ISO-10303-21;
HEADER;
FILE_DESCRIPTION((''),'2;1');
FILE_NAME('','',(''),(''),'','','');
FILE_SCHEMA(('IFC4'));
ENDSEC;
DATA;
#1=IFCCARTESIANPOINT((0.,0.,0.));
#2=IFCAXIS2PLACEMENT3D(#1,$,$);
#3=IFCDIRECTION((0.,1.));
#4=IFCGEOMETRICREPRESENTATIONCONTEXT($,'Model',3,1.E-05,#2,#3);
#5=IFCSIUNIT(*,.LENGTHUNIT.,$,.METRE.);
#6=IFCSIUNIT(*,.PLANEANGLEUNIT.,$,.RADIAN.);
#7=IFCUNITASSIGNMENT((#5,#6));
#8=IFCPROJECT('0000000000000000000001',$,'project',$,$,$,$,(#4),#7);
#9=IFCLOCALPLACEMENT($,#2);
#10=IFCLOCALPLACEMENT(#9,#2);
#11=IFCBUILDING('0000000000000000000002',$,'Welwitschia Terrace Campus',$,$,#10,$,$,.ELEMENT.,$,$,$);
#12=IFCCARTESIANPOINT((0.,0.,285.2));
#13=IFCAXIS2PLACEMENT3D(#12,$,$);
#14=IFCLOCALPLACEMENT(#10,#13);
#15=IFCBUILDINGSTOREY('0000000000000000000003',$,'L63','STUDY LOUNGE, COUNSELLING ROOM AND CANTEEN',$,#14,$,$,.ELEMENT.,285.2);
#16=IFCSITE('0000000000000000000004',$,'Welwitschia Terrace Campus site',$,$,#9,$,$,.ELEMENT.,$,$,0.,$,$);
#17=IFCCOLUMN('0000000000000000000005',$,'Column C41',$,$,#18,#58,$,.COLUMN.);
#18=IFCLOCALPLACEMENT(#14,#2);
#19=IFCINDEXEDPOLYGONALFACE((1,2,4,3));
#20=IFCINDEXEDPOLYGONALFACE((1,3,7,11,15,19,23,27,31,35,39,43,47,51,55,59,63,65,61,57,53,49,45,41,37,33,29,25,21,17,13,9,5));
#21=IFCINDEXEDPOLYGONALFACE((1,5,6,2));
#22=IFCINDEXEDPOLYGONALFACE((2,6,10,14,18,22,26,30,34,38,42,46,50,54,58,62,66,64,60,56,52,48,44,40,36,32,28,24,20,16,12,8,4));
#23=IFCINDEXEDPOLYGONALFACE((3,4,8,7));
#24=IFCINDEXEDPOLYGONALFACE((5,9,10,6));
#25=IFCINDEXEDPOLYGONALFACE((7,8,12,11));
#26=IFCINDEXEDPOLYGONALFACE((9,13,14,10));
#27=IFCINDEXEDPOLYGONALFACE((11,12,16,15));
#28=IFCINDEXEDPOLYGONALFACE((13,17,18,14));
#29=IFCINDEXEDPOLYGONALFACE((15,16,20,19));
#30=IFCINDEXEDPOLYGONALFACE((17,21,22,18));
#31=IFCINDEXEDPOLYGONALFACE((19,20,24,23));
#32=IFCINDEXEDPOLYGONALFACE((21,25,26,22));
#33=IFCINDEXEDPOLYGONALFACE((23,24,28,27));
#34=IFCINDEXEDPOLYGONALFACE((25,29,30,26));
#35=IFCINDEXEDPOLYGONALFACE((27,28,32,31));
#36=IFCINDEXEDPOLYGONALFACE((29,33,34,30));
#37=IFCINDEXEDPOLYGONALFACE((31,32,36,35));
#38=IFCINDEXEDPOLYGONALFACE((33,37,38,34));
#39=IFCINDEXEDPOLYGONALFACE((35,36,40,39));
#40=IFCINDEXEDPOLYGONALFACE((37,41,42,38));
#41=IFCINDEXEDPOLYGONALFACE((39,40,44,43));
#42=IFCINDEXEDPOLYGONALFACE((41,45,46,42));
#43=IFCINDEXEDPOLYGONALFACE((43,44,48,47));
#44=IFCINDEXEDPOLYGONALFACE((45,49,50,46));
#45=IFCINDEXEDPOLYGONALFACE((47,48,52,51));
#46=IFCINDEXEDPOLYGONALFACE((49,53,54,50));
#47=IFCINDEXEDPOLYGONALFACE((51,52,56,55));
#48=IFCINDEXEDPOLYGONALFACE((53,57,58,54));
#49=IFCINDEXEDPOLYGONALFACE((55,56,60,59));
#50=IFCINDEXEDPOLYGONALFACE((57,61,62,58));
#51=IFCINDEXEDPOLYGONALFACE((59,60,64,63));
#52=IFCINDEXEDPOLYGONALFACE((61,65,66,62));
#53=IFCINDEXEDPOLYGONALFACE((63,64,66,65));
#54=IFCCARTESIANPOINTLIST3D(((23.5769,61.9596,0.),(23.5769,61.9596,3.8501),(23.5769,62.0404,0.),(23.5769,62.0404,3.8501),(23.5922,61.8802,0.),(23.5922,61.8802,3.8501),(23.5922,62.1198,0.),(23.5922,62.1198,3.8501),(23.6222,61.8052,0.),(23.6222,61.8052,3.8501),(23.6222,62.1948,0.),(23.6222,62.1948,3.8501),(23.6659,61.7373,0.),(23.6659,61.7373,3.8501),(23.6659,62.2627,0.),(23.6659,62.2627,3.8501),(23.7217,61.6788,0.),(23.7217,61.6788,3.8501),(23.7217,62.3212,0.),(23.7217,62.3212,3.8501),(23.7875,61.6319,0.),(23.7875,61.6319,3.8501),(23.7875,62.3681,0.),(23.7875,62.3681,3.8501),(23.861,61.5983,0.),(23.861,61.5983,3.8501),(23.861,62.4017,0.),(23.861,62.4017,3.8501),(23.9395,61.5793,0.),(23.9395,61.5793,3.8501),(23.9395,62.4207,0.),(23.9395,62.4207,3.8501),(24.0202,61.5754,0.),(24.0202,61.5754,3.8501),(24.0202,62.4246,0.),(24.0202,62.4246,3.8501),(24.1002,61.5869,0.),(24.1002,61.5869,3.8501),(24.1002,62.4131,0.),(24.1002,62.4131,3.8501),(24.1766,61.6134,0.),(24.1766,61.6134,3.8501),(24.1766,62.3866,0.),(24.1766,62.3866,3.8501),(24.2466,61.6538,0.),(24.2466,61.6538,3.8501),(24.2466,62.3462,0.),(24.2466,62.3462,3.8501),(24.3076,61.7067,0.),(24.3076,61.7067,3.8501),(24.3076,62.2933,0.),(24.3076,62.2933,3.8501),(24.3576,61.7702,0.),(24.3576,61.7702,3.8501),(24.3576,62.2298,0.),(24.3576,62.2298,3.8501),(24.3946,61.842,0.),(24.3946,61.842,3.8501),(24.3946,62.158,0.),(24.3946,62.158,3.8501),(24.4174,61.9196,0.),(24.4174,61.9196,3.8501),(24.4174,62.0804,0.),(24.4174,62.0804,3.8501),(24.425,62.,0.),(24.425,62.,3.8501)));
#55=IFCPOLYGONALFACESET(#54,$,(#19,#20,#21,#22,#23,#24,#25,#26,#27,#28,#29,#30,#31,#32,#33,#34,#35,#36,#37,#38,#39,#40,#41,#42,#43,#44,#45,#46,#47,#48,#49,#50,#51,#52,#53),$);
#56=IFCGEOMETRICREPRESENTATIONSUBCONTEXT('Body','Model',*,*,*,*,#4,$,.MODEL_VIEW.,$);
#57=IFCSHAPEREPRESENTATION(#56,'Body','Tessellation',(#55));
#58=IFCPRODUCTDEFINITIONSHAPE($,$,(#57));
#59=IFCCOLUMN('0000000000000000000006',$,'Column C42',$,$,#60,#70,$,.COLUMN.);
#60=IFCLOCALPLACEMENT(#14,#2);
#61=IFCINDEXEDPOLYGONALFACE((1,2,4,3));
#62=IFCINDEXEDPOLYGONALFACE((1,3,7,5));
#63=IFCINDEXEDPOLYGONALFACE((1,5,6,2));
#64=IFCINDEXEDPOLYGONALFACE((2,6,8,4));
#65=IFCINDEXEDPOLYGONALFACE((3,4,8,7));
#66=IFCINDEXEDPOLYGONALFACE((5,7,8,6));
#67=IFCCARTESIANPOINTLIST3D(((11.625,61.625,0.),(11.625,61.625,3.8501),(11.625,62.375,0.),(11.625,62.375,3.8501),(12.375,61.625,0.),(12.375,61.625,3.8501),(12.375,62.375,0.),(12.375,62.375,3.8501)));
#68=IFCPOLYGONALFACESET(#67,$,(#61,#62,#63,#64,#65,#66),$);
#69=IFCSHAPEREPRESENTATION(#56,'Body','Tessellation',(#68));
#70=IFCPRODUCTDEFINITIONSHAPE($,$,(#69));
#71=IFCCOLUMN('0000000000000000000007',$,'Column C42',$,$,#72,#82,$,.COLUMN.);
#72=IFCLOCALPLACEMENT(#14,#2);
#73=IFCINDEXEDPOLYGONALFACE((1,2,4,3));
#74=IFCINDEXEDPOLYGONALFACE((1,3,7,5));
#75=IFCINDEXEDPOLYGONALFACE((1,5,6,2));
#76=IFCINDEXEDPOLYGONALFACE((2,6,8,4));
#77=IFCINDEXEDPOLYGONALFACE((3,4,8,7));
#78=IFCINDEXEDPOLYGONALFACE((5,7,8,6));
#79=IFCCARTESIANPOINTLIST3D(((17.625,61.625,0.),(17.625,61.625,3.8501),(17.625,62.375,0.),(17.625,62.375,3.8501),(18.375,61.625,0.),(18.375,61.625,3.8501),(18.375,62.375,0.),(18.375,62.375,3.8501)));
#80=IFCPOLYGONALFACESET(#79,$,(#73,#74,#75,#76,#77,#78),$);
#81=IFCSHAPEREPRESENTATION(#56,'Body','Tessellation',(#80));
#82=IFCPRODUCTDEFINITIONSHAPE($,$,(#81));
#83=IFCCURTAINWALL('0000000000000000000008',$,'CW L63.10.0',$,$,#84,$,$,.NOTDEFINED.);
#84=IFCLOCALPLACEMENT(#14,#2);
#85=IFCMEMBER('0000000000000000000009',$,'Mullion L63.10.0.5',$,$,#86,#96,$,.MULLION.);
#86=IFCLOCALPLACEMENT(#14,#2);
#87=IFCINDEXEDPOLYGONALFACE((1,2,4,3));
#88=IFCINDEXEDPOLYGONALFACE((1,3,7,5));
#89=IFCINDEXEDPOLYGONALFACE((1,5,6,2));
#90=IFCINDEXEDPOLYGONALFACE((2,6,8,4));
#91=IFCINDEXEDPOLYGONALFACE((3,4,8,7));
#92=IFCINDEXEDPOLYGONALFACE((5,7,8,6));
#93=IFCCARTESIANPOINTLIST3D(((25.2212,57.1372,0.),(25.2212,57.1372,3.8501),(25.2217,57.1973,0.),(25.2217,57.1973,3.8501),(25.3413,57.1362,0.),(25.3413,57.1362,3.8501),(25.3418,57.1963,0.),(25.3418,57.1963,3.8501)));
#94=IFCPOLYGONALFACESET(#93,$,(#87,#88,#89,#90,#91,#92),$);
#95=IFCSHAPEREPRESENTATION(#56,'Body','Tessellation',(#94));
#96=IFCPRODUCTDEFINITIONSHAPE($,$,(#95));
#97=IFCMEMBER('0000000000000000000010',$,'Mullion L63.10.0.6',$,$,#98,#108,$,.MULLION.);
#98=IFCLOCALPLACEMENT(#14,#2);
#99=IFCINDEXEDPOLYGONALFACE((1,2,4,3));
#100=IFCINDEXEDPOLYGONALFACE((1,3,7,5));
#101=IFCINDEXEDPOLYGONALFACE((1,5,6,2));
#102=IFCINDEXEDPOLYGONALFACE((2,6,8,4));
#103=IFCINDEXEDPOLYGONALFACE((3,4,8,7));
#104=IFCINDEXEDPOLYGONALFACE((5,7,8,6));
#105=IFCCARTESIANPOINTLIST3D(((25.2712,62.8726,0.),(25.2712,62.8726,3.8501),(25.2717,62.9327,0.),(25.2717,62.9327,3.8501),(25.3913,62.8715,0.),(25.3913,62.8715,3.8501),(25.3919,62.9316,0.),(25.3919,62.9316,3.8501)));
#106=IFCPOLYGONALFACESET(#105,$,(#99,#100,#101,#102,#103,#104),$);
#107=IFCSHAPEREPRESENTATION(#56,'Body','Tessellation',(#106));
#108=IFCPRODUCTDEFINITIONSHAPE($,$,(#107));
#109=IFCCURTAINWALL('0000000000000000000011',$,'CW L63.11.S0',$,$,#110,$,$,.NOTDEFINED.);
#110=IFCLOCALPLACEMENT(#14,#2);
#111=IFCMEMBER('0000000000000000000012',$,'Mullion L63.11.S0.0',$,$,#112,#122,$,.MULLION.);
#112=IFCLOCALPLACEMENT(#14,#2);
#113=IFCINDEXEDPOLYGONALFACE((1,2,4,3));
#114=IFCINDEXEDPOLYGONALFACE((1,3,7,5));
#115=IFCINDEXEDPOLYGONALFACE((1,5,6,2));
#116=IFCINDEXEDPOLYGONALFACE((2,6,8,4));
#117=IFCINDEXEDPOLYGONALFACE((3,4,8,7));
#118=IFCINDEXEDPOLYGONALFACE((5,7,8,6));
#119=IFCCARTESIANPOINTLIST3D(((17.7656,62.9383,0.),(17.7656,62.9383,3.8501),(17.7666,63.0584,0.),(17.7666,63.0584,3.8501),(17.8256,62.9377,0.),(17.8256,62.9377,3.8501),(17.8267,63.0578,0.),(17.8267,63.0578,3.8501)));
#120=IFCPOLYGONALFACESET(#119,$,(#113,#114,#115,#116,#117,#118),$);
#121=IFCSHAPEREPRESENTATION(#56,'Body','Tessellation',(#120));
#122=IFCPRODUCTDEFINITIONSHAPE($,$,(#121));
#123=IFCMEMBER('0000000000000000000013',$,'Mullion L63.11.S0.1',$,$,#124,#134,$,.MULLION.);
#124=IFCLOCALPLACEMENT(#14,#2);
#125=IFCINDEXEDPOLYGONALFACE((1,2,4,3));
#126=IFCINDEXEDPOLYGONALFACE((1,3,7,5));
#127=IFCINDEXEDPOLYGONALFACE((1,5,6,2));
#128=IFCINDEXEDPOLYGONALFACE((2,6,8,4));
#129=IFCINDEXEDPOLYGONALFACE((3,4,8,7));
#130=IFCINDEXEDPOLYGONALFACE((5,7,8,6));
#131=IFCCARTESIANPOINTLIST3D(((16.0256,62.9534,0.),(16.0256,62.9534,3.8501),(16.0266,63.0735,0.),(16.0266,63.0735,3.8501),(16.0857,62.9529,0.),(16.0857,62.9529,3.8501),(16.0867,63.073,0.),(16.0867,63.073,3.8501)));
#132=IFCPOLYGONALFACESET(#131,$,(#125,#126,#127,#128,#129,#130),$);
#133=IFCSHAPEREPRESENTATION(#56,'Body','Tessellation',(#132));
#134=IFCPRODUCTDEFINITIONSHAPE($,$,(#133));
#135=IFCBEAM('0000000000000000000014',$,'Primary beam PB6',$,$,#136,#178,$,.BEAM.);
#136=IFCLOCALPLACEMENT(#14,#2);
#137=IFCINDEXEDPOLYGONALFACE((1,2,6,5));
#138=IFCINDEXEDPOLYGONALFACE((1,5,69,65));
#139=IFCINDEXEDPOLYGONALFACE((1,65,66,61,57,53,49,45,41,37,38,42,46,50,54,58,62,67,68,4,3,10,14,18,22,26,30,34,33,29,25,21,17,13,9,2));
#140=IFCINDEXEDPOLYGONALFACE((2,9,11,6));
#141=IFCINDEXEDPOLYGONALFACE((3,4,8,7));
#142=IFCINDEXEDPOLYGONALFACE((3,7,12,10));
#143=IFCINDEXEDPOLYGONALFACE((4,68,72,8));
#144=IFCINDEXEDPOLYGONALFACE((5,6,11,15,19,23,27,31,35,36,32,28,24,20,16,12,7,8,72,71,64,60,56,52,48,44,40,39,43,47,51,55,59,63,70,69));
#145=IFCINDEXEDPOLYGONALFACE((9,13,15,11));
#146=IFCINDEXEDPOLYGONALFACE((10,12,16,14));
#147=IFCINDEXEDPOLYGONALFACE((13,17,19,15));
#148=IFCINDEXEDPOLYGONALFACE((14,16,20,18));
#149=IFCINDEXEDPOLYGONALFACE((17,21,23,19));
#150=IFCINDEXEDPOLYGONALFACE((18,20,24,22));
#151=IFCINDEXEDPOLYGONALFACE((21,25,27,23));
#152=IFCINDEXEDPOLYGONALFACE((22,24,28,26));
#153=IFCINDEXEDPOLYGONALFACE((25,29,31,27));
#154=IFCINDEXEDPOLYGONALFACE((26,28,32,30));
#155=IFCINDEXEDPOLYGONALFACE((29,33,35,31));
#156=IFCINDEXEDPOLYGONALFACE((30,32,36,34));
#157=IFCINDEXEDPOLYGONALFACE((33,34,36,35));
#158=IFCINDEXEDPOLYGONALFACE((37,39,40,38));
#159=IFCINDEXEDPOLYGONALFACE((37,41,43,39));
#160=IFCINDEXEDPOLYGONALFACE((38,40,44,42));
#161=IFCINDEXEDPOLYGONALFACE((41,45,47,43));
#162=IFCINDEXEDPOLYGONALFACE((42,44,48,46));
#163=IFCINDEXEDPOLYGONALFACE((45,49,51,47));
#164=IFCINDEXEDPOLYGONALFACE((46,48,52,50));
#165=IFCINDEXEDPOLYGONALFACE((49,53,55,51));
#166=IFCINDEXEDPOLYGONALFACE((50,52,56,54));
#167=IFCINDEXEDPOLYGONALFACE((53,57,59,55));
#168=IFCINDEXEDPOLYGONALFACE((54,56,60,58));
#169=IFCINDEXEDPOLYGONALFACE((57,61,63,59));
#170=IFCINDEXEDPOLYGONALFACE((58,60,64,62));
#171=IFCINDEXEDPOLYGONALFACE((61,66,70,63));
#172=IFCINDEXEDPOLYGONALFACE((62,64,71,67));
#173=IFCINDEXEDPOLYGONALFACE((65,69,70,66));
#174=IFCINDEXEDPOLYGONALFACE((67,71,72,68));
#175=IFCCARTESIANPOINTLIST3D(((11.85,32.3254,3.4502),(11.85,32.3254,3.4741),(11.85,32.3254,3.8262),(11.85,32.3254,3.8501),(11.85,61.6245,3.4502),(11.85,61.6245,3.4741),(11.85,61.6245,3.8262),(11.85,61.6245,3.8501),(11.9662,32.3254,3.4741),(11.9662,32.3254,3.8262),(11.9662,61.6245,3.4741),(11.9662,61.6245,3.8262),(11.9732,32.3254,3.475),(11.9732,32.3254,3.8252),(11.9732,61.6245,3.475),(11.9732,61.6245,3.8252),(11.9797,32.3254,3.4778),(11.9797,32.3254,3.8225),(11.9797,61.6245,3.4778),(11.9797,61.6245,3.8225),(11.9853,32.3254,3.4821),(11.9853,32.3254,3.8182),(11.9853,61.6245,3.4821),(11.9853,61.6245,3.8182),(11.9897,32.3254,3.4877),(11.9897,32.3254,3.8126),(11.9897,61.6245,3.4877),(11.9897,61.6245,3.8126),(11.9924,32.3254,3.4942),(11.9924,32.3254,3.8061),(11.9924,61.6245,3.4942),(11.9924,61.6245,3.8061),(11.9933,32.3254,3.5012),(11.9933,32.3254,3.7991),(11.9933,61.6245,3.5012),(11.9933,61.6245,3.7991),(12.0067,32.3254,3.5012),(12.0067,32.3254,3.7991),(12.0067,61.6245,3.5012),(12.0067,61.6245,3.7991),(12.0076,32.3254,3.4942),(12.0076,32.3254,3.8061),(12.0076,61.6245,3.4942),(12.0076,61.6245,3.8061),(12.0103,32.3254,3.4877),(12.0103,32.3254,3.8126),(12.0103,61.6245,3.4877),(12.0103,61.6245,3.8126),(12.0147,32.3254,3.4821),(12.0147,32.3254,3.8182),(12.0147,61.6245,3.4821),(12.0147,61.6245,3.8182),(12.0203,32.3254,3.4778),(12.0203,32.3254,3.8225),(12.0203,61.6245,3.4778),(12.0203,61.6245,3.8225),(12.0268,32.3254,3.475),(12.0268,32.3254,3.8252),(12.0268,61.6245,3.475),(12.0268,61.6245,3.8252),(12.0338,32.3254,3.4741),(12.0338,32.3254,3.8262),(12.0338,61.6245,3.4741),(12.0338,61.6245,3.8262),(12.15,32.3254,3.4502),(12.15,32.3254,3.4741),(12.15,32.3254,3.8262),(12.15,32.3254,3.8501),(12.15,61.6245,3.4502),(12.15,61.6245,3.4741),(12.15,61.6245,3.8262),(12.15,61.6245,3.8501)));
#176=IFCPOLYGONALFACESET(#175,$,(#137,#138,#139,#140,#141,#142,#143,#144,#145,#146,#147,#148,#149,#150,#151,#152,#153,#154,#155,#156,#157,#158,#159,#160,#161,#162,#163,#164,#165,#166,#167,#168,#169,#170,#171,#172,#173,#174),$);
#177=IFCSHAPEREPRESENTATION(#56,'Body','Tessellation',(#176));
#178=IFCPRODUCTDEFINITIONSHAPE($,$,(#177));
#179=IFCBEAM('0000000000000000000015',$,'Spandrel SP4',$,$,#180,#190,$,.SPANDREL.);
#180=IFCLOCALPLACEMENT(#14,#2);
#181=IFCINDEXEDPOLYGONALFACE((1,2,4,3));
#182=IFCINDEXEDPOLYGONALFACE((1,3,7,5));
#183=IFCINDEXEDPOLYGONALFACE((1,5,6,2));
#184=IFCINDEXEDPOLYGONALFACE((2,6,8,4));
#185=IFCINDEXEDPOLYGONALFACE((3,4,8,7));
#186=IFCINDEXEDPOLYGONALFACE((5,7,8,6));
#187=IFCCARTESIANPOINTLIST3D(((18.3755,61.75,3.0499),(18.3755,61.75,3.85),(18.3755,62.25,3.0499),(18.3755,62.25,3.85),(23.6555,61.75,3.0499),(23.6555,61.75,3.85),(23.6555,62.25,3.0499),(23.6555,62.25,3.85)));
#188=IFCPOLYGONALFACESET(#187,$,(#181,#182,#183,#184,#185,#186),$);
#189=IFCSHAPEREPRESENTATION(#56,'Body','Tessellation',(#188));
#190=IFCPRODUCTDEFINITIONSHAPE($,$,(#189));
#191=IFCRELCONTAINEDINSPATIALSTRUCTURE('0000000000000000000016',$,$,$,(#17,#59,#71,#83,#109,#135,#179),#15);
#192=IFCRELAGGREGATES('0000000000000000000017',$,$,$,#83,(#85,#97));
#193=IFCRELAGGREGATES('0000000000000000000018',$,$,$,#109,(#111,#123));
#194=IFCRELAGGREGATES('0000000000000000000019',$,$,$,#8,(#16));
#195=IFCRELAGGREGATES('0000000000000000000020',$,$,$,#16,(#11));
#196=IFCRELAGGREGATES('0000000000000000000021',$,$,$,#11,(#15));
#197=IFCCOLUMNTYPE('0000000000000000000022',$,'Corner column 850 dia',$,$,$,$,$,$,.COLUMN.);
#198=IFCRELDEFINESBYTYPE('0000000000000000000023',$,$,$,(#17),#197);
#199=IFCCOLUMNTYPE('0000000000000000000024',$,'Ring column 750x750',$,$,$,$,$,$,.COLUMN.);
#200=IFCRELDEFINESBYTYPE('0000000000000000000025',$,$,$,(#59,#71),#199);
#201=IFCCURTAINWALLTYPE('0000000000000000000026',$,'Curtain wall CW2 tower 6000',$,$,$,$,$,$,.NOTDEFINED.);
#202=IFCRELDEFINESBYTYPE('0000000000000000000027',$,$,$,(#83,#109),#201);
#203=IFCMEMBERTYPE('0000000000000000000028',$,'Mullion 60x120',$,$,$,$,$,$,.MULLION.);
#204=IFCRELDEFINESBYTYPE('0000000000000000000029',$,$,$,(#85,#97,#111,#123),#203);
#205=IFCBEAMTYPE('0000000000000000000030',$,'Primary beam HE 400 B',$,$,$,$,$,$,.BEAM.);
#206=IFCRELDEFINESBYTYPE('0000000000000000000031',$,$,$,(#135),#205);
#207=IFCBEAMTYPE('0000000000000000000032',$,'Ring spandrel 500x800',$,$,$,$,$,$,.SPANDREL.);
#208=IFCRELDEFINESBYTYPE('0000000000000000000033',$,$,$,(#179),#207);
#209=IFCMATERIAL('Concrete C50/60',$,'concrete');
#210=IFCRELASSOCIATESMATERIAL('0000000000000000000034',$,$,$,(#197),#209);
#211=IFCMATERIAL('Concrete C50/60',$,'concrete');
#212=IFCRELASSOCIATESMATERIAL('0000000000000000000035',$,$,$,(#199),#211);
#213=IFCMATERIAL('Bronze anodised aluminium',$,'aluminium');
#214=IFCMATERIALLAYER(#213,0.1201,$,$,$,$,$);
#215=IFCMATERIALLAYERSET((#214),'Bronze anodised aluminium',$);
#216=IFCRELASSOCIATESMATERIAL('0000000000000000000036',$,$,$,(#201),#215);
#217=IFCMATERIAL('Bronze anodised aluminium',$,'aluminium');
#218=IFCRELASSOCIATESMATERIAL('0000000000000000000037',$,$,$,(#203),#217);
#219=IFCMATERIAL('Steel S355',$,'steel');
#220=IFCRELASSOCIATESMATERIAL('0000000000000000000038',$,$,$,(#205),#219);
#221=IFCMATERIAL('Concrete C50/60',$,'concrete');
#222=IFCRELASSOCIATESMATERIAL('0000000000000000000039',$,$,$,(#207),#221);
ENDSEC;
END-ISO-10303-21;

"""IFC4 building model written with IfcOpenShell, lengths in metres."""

from ifc_helpers import new_model, si_unit, direction, frame, origin, origin_2d, place, context, subcontext, project, spatial, rectangle, circle, i_section, extrude, material, layer, layer_set, material_profile, profile_set, type_object, element, aggregate, save


model = new_model("IFC4")

# Units and contexts
model_context = context("Model", 3, precision=1e-05, world=origin(), true_north=direction((0.0, 1.0)))
body_context = subcontext(model_context, "Body", "Model", "MODEL_VIEW")
ifc_project = project(units=[si_unit("LENGTHUNIT", "METRE"), si_unit("PLANEANGLEUNIT", "RADIAN")], contexts=[model_context])

# Site, building, storey
site_placement = place(None, origin())
site = spatial("IfcSite", under=ifc_project, at=site_placement, Name="Welwitschia Terrace Campus site", CompositionType="ELEMENT", RefElevation=0.0)
building_placement = place(site_placement, origin())
building = spatial("IfcBuilding", under=site, at=building_placement, Name="Welwitschia Terrace Campus", CompositionType="ELEMENT")
storey_placement = place(building_placement, frame((0.0, 0.0, 285.2)))
storey = spatial("IfcBuildingStorey", under=building, at=storey_placement, Name="L63", Description="STUDY LOUNGE, COUNSELLING ROOM AND CANTEEN", CompositionType="ELEMENT", Elevation=285.2)

# Columns
ifc_material_1 = material(Name="Concrete C50/60", Category="concrete")
ifc_material_profile_1 = material_profile(ifc_material_1, circle(Radius=0.425, at=origin_2d()))
ifc_profile_set_1 = profile_set([ifc_material_profile_1], Name="Concrete C50/60")
column_type_1 = type_object("IfcColumnType", Name="Corner column 850 dia", PredefinedType="COLUMN", material=ifc_profile_set_1)
column_placement = place(storey_placement, frame((24.0, 62.0, 0.0), z_axis=(0.0, 0.0, 1.0), x_axis=(1.0, 0.0, 0.0)))
element("IfcColumn", 1, at=column_placement, inside=storey, type_object=column_type_1, Name="Column C41", PredefinedType="COLUMN", context=body_context, shape_type="SweptSolid", body=[
    extrude(circle(Radius=0.425, at=origin_2d()), origin(), (0.0, 0.0, 1.0), 3.8501),
])
ifc_material_2 = material(Name="Concrete C50/60", Category="concrete")
ifc_material_profile_2 = material_profile(ifc_material_2, rectangle(XDim=0.75, YDim=0.75, at=origin_2d()))
ifc_profile_set_2 = profile_set([ifc_material_profile_2], Name="Concrete C50/60")
column_type_2 = type_object("IfcColumnType", Name="Ring column 750x750", PredefinedType="COLUMN", material=ifc_profile_set_2)
for number, where, z_axis, x_axis, name in (
    (2, (12.0, 62.0, 0.0), (0.0, 0.0, 1.0), (1.0, 0.0, 0.0), "Column C42"),
    (3, (18.0, 62.0, 0.0), (0.0, 0.0, 1.0), (1.0, 0.0, 0.0), "Column C42"),
):
    element("IfcColumn", number, at=place(storey_placement, frame(where, z_axis=z_axis, x_axis=x_axis)), inside=storey, type_object=column_type_2, Name=name, PredefinedType="COLUMN", context=body_context, shape_type="SweptSolid", body=[
        extrude(rectangle(XDim=0.75, YDim=0.75, at=origin_2d()), origin(), (0.0, 0.0, 1.0), 3.8501),
    ])

# Curtain walls, members
ifc_material_3 = material(Name="Bronze anodised aluminium", Category="aluminium")
ifc_layer_1 = layer(ifc_material_3, 0.1201)
ifc_layer_set_1 = layer_set([ifc_layer_1], Name="Bronze anodised aluminium")
curtain_wall_type = type_object("IfcCurtainWallType", Name="Curtain wall CW2 tower 6000", PredefinedType="NOTDEFINED", material=ifc_layer_set_1)
curtain_wall_1_placement = place(storey_placement, origin())
curtain_wall_1 = element("IfcCurtainWall", 4, at=curtain_wall_1_placement, inside=storey, type_object=curtain_wall_type, Name="CW L63.10.0", PredefinedType="NOTDEFINED")
ifc_material_4 = material(Name="Bronze anodised aluminium", Category="aluminium")
ifc_material_profile_3 = material_profile(ifc_material_4, rectangle(XDim=0.1201, YDim=0.0601, at=origin_2d()))
ifc_profile_set_3 = profile_set([ifc_material_profile_3], Name="Bronze anodised aluminium")
member_type_1 = type_object("IfcMemberType", Name="Mullion 60x120", PredefinedType="MULLION", material=ifc_profile_set_3)
member_1_placement = place(storey_placement, frame((25.2815, 57.1667, 0.0), z_axis=(0.0, 0.0, 1.0), x_axis=(-0.999962, 0.008727, 0.0)))
member_1 = element("IfcMember", 5, at=member_1_placement, type_object=member_type_1, Name="Mullion L63.10.0.5", PredefinedType="MULLION", context=body_context, shape_type="SweptSolid", body=[
    extrude(rectangle(XDim=0.1201, YDim=0.0601, at=origin_2d()), origin(), (0.0, 0.0, 1.0), 3.8501),
])
member_2_placement = place(storey_placement, frame((25.3315, 62.9021, 0.0), z_axis=(0.0, 0.0, 1.0), x_axis=(-0.999962, 0.008727, 0.0)))
member_2 = element("IfcMember", 6, at=member_2_placement, type_object=member_type_1, Name="Mullion L63.10.0.6", PredefinedType="MULLION", context=body_context, shape_type="SweptSolid", body=[
    extrude(rectangle(XDim=0.1201, YDim=0.0601, at=origin_2d()), origin(), (0.0, 0.0, 1.0), 3.8501),
])
curtain_wall_2_placement = place(storey_placement, origin())
curtain_wall_2 = element("IfcCurtainWall", 7, at=curtain_wall_2_placement, inside=storey, type_object=curtain_wall_type, Name="CW L63.11.S0", PredefinedType="NOTDEFINED")
member_3_placement = place(storey_placement, frame((17.7961, 62.998, 0.0), z_axis=(0.0, 0.0, 1.0), x_axis=(-0.008727, -0.999962, 0.0)))
member_3 = element("IfcMember", 8, at=member_3_placement, type_object=member_type_1, Name="Mullion L63.11.S0.0", PredefinedType="MULLION", context=body_context, shape_type="SweptSolid", body=[
    extrude(rectangle(XDim=0.1201, YDim=0.0601, at=origin_2d()), origin(), (0.0, 0.0, 1.0), 3.8501),
])
member_4_placement = place(storey_placement, frame((16.0562, 63.0132, 0.0), z_axis=(0.0, 0.0, 1.0), x_axis=(-0.008727, -0.999962, 0.0)))
member_4 = element("IfcMember", 9, at=member_4_placement, type_object=member_type_1, Name="Mullion L63.11.S0.1", PredefinedType="MULLION", context=body_context, shape_type="SweptSolid", body=[
    extrude(rectangle(XDim=0.1201, YDim=0.0601, at=origin_2d()), origin(), (0.0, 0.0, 1.0), 3.8501),
])

# Beams
ifc_material_5 = material(Name="Steel S355", Category="steel")
ifc_material_profile_4 = material_profile(ifc_material_5, i_section(OverallWidth=0.3, OverallDepth=0.3999, WebThickness=0.0134, FlangeThickness=0.0239, FilletRadius=0.0271, at=origin_2d()))
ifc_profile_set_4 = profile_set([ifc_material_profile_4], Name="Steel S355")
beam_type_1 = type_object("IfcBeamType", Name="Primary beam HE 400 B", PredefinedType="BEAM", material=ifc_profile_set_4)
beam_1_placement = place(storey_placement, frame((12.0, 61.6245, 3.6501), z_axis=(0.0, -1.0, 0.0), x_axis=(1.0, 0.0, 0.0)))
element("IfcBeam", 10, at=beam_1_placement, inside=storey, type_object=beam_type_1, Name="Primary beam PB6", PredefinedType="BEAM", context=body_context, shape_type="SweptSolid", body=[
    extrude(i_section(OverallWidth=0.3, OverallDepth=0.3999, WebThickness=0.0134, FlangeThickness=0.0239, FilletRadius=0.0271, at=origin_2d()), origin(), (0.0, 0.0, 1.0), 29.2991),
])
ifc_material_6 = material(Name="Concrete C50/60", Category="concrete")
ifc_material_profile_5 = material_profile(ifc_material_6, rectangle(XDim=0.5, YDim=0.8, at=origin_2d()))
ifc_profile_set_5 = profile_set([ifc_material_profile_5], Name="Concrete C50/60")
beam_type_2 = type_object("IfcBeamType", Name="Ring spandrel 500x800", PredefinedType="SPANDREL", material=ifc_profile_set_5)
beam_2_placement = place(storey_placement, frame((23.6555, 62.0, 3.45), z_axis=(-1.0, 0.0, 0.0), x_axis=(0.0, -1.0, 0.0)))
element("IfcBeam", 11, at=beam_2_placement, inside=storey, type_object=beam_type_2, Name="Spandrel SP4", PredefinedType="SPANDREL", context=body_context, shape_type="SweptSolid", body=[
    extrude(rectangle(XDim=0.5, YDim=0.8, at=origin_2d()), origin(), (0.0, 0.0, 1.0), 5.28),
])

aggregate(curtain_wall_1, [member_1, member_2])
aggregate(curtain_wall_2, [member_3, member_4])

save(model, "model.ifc")
